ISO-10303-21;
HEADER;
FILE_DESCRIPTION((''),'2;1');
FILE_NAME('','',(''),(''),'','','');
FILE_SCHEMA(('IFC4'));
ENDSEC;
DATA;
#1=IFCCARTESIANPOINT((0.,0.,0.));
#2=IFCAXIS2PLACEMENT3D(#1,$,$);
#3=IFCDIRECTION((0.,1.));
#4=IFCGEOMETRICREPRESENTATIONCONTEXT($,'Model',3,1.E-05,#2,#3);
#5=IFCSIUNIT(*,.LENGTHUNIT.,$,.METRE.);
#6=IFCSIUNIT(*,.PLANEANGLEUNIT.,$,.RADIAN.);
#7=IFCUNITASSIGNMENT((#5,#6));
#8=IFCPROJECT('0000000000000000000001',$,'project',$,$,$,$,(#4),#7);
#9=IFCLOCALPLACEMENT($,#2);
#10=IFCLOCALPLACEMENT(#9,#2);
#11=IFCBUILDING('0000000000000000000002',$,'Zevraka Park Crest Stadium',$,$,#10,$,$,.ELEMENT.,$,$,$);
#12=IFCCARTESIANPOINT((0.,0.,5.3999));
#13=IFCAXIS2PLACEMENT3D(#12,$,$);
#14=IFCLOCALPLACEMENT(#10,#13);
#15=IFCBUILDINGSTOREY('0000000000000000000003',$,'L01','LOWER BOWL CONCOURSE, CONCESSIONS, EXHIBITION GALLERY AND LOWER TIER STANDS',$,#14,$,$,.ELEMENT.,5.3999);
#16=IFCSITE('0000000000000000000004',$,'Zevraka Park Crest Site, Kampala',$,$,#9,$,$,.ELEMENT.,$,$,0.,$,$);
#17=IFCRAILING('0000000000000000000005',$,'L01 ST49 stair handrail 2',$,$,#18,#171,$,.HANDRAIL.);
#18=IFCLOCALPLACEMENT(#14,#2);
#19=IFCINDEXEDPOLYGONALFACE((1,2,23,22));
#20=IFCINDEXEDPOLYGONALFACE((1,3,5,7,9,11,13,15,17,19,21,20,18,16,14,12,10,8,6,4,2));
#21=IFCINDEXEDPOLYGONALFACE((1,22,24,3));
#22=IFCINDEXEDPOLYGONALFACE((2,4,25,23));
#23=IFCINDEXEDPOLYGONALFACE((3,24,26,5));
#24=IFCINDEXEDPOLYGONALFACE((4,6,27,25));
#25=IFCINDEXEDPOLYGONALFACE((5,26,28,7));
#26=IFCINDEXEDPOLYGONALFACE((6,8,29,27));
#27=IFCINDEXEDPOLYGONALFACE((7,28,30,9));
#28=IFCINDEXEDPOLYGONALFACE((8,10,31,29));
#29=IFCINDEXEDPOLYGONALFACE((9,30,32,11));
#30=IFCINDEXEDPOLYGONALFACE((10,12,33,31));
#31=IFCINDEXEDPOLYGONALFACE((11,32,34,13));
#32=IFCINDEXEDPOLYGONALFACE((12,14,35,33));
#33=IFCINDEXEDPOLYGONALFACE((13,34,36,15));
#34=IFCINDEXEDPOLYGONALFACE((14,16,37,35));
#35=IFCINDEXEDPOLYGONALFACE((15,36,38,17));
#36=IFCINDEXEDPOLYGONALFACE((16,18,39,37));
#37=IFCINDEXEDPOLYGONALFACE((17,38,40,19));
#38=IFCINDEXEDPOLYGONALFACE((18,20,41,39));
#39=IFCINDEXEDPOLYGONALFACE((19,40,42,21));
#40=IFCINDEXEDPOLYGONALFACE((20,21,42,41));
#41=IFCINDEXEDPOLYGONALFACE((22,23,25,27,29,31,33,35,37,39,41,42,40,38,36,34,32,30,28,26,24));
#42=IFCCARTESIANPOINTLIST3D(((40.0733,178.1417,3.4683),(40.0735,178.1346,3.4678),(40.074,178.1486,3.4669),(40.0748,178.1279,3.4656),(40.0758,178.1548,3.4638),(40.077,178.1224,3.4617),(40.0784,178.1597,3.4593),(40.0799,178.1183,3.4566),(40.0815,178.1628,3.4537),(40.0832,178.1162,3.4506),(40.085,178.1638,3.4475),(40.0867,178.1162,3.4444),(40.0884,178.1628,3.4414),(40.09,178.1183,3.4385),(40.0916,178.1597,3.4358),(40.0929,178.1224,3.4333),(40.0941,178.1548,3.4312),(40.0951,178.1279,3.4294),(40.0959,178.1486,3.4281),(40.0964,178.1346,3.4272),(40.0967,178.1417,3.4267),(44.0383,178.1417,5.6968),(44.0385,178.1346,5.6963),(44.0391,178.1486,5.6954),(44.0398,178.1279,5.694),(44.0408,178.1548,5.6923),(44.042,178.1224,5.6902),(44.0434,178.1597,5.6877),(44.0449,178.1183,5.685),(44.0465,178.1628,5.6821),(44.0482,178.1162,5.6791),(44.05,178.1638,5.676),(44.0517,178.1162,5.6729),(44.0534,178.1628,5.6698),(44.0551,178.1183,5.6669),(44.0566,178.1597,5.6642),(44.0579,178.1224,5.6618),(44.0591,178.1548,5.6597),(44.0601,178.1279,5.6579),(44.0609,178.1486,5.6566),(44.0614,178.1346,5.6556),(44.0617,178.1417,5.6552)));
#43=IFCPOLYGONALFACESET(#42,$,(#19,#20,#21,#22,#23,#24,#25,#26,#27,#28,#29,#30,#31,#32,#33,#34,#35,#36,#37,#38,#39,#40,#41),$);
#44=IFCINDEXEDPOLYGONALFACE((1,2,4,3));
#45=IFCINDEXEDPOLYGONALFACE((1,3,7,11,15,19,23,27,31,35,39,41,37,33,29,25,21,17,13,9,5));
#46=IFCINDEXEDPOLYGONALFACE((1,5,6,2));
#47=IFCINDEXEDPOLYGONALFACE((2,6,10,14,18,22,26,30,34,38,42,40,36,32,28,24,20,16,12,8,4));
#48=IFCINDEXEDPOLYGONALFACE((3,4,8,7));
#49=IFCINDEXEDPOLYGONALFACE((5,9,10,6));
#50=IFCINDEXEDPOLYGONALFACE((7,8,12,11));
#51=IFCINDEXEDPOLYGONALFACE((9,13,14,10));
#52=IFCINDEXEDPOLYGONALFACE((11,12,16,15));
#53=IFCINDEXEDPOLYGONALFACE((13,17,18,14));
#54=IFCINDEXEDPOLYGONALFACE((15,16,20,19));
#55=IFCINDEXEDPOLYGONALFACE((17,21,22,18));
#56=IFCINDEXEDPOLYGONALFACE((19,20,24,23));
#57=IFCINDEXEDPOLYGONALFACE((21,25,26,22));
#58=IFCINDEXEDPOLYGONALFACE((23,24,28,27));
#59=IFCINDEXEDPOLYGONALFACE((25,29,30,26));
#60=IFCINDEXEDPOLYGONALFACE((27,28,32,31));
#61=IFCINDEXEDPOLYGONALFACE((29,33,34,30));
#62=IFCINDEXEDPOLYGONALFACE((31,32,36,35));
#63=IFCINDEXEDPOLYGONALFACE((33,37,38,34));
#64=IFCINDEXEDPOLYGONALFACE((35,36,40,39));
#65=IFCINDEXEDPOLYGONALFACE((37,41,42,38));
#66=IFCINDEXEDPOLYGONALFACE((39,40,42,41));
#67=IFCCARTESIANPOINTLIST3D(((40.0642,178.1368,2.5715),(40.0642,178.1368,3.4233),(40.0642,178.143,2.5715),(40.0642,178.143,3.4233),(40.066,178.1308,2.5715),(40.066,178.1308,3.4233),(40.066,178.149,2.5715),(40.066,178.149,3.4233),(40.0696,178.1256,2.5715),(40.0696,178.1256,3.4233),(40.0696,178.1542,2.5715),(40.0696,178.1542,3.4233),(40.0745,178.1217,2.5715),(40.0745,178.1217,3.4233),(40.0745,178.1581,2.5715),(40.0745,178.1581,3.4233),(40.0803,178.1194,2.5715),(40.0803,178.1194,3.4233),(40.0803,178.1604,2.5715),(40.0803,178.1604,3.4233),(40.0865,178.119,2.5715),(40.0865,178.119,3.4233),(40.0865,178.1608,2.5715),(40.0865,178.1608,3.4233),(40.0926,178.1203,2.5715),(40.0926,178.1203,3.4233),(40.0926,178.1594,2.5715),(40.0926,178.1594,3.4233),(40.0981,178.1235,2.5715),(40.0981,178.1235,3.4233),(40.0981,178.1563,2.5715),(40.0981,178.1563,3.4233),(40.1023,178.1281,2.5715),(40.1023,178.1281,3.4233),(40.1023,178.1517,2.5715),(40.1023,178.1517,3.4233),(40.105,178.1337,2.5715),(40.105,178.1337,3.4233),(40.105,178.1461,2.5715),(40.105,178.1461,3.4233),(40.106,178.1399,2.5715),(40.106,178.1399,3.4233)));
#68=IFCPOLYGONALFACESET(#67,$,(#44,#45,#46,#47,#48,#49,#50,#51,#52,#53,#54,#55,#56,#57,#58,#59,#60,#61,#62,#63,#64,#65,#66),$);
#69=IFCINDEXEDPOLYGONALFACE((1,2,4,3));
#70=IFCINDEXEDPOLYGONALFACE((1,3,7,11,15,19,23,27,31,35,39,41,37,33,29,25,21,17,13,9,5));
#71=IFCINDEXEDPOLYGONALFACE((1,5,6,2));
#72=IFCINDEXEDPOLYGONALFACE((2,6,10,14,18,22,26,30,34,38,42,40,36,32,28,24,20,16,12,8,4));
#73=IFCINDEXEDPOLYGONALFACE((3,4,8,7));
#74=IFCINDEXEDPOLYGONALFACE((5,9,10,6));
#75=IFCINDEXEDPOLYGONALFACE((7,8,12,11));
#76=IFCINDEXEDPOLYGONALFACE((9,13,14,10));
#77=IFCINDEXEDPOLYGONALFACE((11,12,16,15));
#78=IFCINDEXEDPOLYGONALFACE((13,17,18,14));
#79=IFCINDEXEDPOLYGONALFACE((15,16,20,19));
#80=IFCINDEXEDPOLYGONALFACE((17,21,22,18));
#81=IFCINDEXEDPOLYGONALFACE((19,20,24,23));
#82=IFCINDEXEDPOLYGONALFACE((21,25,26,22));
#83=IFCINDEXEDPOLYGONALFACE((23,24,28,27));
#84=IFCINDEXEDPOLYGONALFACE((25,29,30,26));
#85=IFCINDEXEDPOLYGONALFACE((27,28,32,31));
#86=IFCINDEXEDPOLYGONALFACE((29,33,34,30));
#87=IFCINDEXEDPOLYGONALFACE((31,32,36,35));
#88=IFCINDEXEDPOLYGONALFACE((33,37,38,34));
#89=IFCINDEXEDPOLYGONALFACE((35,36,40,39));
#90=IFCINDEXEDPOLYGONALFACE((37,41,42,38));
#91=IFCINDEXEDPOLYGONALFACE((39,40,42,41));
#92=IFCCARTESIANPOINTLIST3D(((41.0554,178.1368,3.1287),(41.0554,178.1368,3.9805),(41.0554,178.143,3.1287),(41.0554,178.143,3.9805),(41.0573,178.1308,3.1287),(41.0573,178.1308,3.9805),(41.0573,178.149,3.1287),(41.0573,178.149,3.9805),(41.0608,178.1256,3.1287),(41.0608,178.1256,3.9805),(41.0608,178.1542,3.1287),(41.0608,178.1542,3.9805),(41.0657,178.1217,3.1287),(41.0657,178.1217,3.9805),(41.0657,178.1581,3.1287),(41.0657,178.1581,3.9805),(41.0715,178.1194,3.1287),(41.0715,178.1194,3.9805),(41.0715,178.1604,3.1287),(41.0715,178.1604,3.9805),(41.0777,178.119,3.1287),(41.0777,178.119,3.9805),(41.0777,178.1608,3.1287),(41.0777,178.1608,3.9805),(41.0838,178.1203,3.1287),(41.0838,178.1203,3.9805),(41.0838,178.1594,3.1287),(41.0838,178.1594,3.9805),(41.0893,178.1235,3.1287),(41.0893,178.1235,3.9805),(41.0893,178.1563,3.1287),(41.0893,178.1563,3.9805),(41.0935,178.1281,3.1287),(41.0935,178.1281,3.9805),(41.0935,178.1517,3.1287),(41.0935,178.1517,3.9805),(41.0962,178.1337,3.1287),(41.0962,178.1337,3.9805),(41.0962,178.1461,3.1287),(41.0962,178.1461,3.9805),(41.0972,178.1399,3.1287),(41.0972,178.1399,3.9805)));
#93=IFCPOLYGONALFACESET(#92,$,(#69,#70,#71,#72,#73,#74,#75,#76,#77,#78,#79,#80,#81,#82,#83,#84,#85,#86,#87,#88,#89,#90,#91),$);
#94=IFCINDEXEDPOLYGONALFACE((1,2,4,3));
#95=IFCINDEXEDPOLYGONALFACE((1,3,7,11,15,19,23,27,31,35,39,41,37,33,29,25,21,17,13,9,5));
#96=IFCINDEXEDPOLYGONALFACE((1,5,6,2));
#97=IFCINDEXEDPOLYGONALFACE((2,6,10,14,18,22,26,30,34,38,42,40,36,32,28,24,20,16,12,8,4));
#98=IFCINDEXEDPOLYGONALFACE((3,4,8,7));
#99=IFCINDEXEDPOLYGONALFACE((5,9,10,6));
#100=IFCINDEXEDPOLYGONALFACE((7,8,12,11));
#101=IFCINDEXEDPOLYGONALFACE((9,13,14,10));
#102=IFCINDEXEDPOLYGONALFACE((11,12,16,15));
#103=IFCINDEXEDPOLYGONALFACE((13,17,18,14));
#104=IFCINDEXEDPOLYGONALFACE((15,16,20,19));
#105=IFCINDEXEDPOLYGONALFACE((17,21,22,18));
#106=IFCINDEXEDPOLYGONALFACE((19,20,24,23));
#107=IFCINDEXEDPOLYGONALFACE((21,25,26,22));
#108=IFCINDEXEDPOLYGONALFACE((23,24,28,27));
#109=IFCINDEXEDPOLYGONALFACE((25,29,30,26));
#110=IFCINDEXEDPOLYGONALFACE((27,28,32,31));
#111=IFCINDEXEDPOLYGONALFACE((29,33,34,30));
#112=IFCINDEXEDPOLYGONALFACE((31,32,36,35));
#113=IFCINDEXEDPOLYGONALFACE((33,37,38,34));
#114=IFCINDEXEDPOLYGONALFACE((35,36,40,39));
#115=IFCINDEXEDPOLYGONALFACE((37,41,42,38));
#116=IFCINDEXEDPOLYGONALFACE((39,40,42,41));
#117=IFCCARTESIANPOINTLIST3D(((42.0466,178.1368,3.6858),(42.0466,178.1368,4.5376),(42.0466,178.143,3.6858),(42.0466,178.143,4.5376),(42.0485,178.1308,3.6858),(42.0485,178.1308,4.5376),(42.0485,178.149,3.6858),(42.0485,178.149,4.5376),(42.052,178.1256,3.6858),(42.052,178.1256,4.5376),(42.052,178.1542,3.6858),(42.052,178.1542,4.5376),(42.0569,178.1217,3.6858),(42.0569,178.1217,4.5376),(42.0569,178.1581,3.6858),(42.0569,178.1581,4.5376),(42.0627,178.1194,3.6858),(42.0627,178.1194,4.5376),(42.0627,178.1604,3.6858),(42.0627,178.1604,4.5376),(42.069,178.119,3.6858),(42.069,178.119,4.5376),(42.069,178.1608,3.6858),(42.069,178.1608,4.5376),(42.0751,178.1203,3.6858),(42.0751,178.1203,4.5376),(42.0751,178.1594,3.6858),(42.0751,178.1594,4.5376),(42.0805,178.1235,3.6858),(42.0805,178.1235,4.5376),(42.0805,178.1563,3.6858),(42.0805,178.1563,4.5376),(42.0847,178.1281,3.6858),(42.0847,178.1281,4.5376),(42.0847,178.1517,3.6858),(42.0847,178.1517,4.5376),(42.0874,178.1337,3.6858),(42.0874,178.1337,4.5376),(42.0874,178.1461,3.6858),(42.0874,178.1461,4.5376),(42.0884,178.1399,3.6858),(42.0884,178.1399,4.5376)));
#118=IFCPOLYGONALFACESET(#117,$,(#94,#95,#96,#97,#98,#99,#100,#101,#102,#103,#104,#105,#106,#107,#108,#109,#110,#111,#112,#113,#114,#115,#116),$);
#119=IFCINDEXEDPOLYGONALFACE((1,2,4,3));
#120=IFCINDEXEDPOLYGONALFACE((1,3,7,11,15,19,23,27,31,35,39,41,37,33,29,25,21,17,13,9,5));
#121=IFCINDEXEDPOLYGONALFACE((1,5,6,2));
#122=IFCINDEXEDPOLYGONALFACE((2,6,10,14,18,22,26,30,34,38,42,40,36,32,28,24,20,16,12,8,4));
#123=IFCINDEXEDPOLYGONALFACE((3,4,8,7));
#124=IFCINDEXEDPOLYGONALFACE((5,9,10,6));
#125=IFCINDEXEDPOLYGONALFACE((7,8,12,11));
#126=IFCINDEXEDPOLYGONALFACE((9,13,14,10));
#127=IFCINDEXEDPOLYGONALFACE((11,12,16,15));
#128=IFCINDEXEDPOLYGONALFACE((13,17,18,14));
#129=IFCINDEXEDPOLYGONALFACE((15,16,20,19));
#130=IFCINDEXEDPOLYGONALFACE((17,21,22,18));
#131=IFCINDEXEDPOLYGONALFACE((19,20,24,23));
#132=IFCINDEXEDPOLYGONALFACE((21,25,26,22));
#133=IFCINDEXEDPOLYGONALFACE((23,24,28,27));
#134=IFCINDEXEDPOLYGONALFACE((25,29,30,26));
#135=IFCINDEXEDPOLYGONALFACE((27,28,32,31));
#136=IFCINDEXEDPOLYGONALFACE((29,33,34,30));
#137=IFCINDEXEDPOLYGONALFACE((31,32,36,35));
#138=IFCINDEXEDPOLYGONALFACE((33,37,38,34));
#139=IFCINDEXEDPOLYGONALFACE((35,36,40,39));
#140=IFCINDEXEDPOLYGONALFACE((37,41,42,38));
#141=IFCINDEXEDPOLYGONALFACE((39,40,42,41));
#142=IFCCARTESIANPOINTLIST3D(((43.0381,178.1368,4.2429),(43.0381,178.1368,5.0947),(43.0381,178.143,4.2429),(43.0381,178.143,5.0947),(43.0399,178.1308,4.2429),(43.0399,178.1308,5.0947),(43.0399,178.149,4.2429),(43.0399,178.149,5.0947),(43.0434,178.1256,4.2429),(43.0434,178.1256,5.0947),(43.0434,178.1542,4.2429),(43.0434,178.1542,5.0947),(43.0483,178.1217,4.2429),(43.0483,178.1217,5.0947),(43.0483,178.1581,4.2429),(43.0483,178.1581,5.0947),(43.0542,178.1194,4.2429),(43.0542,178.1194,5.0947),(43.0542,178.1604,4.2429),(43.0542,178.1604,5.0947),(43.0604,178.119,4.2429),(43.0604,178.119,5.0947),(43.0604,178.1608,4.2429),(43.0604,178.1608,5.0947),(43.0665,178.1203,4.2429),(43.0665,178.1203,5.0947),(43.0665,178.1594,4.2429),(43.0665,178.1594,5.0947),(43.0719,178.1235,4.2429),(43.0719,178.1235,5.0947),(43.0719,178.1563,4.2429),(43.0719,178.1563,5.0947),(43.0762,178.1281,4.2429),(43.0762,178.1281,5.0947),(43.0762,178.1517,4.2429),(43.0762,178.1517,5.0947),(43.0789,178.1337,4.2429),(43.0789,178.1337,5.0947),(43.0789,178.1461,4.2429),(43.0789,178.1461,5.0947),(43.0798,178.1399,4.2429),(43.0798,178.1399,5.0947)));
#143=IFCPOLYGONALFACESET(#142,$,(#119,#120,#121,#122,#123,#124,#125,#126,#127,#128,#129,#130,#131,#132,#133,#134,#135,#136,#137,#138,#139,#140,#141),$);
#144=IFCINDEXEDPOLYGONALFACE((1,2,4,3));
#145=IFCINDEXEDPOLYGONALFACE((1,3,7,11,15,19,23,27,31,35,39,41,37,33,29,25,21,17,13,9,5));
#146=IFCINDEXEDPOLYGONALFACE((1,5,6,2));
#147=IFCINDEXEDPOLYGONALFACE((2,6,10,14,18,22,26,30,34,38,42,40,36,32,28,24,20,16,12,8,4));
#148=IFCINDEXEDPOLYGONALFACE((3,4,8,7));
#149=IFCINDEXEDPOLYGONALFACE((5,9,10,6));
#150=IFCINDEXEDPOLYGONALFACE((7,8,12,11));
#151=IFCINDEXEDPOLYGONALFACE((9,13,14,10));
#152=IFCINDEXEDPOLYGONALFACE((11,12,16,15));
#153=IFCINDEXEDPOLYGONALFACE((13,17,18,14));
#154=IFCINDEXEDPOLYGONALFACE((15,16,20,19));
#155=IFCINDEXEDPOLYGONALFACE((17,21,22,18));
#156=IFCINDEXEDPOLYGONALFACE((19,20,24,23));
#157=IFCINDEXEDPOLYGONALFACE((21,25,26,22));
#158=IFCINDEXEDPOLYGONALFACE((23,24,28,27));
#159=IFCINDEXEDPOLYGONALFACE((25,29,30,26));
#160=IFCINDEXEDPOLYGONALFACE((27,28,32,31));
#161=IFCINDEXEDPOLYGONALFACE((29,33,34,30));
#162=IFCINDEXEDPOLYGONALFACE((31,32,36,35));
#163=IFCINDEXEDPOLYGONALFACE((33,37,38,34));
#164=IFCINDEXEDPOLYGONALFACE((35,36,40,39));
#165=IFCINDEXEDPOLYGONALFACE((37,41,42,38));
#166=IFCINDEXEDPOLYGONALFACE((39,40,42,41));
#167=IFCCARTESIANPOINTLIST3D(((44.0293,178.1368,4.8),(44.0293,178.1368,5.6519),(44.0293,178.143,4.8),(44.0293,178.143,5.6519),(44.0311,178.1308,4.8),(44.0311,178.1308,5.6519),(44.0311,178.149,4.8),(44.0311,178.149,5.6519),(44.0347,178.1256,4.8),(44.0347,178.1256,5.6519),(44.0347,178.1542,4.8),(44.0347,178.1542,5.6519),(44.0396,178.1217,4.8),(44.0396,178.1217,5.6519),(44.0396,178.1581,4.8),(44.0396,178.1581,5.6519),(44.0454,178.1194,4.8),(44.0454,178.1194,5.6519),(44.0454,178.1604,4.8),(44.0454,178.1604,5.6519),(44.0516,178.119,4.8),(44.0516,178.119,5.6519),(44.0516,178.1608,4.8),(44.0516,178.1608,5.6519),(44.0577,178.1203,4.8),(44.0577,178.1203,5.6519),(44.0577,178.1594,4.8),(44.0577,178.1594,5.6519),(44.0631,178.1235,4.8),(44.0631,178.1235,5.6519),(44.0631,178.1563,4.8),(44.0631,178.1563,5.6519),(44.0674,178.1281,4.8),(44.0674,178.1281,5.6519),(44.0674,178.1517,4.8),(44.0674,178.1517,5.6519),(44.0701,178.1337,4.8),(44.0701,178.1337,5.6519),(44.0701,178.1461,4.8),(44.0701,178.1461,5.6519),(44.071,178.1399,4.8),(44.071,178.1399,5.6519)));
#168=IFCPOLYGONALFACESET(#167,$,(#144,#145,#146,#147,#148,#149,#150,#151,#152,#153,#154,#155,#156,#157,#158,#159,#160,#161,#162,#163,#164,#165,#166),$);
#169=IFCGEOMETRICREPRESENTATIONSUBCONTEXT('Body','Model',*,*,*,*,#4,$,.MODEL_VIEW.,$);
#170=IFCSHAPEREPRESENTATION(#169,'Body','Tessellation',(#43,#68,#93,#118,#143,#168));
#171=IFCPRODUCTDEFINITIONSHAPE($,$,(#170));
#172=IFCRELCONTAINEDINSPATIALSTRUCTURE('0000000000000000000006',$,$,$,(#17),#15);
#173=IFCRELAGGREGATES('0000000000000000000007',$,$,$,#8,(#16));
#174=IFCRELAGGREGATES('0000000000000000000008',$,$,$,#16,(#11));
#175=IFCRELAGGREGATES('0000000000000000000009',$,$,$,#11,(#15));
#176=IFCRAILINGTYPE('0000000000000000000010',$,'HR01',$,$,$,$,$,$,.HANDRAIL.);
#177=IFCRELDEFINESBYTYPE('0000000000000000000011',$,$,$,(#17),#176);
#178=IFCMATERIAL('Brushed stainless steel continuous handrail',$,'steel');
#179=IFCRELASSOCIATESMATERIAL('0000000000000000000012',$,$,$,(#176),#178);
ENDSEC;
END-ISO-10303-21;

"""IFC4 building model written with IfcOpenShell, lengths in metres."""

from ifc_helpers import new_model, si_unit, direction, frame, origin, origin_2d, place, context, subcontext, project, spatial, circle, extrude, material, type_object, element, save


model = new_model("IFC4")

# Units and contexts
model_context = context("Model", 3, precision=1e-05, world=origin(), true_north=direction((0.0, 1.0)))
body_context = subcontext(model_context, "Body", "Model", "MODEL_VIEW")
ifc_project = project(units=[si_unit("LENGTHUNIT", "METRE"), si_unit("PLANEANGLEUNIT", "RADIAN")], contexts=[model_context])

# Site, building, storey
site_placement = place(None, origin())
site = spatial("IfcSite", under=ifc_project, at=site_placement, Name="Zevraka Park Crest Site, Kampala", CompositionType="ELEMENT", RefElevation=0.0)
building_placement = place(site_placement, origin())
building = spatial("IfcBuilding", under=site, at=building_placement, Name="Zevraka Park Crest Stadium", CompositionType="ELEMENT")
storey_placement = place(building_placement, frame((0.0, 0.0, 5.3999)))
storey = spatial("IfcBuildingStorey", under=building, at=storey_placement, Name="L01", Description="LOWER BOWL CONCOURSE, CONCESSIONS, EXHIBITION GALLERY AND LOWER TIER STANDS", CompositionType="ELEMENT", Elevation=5.3999)

# Railing
ifc_material_1 = material(Name="Brushed stainless steel continuous handrail", Category="steel")
railing_type_1 = type_object("IfcRailingType", Name="HR01", PredefinedType="HANDRAIL", material=ifc_material_1)
railing_1_placement = place(storey_placement, frame((40.085, 178.1399, 2.5715)))
element("IfcRailing", 1, at=railing_1_placement, inside=storey, type_object=railing_type_1, Name="L01 ST49 stair handrail 2", PredefinedType="HANDRAIL", context=body_context, shape_type="SweptSolid", body=[
    extrude(circle(Radius=0.0239, at=origin_2d()), frame((0.0, 0.0, 0.876), z_axis=(0.871749, 0.0, 0.489953), x_axis=(0.0, 1.0, 0.0)), (0.0, 0.0, 1.0), 4.5483),
    extrude(circle(Radius=0.021, at=origin_2d()), origin(), (0.0, 0.0, 1.0), 0.8518),
    extrude(circle(Radius=0.021, at=origin_2d()), frame((0.9912, 0.0, 0.5571)), (0.0, 0.0, 1.0), 0.8518),
    extrude(circle(Radius=0.021, at=origin_2d()), frame((1.9824, 0.0, 1.1143)), (0.0, 0.0, 1.0), 0.8518),
    extrude(circle(Radius=0.021, at=origin_2d()), frame((2.9739, 0.0, 1.6714)), (0.0, 0.0, 1.0), 0.8518),
    extrude(circle(Radius=0.021, at=origin_2d()), frame((3.9651, 0.0, 2.2285)), (0.0, 0.0, 1.0), 0.8518),
])

save(model, "model.ifc")
